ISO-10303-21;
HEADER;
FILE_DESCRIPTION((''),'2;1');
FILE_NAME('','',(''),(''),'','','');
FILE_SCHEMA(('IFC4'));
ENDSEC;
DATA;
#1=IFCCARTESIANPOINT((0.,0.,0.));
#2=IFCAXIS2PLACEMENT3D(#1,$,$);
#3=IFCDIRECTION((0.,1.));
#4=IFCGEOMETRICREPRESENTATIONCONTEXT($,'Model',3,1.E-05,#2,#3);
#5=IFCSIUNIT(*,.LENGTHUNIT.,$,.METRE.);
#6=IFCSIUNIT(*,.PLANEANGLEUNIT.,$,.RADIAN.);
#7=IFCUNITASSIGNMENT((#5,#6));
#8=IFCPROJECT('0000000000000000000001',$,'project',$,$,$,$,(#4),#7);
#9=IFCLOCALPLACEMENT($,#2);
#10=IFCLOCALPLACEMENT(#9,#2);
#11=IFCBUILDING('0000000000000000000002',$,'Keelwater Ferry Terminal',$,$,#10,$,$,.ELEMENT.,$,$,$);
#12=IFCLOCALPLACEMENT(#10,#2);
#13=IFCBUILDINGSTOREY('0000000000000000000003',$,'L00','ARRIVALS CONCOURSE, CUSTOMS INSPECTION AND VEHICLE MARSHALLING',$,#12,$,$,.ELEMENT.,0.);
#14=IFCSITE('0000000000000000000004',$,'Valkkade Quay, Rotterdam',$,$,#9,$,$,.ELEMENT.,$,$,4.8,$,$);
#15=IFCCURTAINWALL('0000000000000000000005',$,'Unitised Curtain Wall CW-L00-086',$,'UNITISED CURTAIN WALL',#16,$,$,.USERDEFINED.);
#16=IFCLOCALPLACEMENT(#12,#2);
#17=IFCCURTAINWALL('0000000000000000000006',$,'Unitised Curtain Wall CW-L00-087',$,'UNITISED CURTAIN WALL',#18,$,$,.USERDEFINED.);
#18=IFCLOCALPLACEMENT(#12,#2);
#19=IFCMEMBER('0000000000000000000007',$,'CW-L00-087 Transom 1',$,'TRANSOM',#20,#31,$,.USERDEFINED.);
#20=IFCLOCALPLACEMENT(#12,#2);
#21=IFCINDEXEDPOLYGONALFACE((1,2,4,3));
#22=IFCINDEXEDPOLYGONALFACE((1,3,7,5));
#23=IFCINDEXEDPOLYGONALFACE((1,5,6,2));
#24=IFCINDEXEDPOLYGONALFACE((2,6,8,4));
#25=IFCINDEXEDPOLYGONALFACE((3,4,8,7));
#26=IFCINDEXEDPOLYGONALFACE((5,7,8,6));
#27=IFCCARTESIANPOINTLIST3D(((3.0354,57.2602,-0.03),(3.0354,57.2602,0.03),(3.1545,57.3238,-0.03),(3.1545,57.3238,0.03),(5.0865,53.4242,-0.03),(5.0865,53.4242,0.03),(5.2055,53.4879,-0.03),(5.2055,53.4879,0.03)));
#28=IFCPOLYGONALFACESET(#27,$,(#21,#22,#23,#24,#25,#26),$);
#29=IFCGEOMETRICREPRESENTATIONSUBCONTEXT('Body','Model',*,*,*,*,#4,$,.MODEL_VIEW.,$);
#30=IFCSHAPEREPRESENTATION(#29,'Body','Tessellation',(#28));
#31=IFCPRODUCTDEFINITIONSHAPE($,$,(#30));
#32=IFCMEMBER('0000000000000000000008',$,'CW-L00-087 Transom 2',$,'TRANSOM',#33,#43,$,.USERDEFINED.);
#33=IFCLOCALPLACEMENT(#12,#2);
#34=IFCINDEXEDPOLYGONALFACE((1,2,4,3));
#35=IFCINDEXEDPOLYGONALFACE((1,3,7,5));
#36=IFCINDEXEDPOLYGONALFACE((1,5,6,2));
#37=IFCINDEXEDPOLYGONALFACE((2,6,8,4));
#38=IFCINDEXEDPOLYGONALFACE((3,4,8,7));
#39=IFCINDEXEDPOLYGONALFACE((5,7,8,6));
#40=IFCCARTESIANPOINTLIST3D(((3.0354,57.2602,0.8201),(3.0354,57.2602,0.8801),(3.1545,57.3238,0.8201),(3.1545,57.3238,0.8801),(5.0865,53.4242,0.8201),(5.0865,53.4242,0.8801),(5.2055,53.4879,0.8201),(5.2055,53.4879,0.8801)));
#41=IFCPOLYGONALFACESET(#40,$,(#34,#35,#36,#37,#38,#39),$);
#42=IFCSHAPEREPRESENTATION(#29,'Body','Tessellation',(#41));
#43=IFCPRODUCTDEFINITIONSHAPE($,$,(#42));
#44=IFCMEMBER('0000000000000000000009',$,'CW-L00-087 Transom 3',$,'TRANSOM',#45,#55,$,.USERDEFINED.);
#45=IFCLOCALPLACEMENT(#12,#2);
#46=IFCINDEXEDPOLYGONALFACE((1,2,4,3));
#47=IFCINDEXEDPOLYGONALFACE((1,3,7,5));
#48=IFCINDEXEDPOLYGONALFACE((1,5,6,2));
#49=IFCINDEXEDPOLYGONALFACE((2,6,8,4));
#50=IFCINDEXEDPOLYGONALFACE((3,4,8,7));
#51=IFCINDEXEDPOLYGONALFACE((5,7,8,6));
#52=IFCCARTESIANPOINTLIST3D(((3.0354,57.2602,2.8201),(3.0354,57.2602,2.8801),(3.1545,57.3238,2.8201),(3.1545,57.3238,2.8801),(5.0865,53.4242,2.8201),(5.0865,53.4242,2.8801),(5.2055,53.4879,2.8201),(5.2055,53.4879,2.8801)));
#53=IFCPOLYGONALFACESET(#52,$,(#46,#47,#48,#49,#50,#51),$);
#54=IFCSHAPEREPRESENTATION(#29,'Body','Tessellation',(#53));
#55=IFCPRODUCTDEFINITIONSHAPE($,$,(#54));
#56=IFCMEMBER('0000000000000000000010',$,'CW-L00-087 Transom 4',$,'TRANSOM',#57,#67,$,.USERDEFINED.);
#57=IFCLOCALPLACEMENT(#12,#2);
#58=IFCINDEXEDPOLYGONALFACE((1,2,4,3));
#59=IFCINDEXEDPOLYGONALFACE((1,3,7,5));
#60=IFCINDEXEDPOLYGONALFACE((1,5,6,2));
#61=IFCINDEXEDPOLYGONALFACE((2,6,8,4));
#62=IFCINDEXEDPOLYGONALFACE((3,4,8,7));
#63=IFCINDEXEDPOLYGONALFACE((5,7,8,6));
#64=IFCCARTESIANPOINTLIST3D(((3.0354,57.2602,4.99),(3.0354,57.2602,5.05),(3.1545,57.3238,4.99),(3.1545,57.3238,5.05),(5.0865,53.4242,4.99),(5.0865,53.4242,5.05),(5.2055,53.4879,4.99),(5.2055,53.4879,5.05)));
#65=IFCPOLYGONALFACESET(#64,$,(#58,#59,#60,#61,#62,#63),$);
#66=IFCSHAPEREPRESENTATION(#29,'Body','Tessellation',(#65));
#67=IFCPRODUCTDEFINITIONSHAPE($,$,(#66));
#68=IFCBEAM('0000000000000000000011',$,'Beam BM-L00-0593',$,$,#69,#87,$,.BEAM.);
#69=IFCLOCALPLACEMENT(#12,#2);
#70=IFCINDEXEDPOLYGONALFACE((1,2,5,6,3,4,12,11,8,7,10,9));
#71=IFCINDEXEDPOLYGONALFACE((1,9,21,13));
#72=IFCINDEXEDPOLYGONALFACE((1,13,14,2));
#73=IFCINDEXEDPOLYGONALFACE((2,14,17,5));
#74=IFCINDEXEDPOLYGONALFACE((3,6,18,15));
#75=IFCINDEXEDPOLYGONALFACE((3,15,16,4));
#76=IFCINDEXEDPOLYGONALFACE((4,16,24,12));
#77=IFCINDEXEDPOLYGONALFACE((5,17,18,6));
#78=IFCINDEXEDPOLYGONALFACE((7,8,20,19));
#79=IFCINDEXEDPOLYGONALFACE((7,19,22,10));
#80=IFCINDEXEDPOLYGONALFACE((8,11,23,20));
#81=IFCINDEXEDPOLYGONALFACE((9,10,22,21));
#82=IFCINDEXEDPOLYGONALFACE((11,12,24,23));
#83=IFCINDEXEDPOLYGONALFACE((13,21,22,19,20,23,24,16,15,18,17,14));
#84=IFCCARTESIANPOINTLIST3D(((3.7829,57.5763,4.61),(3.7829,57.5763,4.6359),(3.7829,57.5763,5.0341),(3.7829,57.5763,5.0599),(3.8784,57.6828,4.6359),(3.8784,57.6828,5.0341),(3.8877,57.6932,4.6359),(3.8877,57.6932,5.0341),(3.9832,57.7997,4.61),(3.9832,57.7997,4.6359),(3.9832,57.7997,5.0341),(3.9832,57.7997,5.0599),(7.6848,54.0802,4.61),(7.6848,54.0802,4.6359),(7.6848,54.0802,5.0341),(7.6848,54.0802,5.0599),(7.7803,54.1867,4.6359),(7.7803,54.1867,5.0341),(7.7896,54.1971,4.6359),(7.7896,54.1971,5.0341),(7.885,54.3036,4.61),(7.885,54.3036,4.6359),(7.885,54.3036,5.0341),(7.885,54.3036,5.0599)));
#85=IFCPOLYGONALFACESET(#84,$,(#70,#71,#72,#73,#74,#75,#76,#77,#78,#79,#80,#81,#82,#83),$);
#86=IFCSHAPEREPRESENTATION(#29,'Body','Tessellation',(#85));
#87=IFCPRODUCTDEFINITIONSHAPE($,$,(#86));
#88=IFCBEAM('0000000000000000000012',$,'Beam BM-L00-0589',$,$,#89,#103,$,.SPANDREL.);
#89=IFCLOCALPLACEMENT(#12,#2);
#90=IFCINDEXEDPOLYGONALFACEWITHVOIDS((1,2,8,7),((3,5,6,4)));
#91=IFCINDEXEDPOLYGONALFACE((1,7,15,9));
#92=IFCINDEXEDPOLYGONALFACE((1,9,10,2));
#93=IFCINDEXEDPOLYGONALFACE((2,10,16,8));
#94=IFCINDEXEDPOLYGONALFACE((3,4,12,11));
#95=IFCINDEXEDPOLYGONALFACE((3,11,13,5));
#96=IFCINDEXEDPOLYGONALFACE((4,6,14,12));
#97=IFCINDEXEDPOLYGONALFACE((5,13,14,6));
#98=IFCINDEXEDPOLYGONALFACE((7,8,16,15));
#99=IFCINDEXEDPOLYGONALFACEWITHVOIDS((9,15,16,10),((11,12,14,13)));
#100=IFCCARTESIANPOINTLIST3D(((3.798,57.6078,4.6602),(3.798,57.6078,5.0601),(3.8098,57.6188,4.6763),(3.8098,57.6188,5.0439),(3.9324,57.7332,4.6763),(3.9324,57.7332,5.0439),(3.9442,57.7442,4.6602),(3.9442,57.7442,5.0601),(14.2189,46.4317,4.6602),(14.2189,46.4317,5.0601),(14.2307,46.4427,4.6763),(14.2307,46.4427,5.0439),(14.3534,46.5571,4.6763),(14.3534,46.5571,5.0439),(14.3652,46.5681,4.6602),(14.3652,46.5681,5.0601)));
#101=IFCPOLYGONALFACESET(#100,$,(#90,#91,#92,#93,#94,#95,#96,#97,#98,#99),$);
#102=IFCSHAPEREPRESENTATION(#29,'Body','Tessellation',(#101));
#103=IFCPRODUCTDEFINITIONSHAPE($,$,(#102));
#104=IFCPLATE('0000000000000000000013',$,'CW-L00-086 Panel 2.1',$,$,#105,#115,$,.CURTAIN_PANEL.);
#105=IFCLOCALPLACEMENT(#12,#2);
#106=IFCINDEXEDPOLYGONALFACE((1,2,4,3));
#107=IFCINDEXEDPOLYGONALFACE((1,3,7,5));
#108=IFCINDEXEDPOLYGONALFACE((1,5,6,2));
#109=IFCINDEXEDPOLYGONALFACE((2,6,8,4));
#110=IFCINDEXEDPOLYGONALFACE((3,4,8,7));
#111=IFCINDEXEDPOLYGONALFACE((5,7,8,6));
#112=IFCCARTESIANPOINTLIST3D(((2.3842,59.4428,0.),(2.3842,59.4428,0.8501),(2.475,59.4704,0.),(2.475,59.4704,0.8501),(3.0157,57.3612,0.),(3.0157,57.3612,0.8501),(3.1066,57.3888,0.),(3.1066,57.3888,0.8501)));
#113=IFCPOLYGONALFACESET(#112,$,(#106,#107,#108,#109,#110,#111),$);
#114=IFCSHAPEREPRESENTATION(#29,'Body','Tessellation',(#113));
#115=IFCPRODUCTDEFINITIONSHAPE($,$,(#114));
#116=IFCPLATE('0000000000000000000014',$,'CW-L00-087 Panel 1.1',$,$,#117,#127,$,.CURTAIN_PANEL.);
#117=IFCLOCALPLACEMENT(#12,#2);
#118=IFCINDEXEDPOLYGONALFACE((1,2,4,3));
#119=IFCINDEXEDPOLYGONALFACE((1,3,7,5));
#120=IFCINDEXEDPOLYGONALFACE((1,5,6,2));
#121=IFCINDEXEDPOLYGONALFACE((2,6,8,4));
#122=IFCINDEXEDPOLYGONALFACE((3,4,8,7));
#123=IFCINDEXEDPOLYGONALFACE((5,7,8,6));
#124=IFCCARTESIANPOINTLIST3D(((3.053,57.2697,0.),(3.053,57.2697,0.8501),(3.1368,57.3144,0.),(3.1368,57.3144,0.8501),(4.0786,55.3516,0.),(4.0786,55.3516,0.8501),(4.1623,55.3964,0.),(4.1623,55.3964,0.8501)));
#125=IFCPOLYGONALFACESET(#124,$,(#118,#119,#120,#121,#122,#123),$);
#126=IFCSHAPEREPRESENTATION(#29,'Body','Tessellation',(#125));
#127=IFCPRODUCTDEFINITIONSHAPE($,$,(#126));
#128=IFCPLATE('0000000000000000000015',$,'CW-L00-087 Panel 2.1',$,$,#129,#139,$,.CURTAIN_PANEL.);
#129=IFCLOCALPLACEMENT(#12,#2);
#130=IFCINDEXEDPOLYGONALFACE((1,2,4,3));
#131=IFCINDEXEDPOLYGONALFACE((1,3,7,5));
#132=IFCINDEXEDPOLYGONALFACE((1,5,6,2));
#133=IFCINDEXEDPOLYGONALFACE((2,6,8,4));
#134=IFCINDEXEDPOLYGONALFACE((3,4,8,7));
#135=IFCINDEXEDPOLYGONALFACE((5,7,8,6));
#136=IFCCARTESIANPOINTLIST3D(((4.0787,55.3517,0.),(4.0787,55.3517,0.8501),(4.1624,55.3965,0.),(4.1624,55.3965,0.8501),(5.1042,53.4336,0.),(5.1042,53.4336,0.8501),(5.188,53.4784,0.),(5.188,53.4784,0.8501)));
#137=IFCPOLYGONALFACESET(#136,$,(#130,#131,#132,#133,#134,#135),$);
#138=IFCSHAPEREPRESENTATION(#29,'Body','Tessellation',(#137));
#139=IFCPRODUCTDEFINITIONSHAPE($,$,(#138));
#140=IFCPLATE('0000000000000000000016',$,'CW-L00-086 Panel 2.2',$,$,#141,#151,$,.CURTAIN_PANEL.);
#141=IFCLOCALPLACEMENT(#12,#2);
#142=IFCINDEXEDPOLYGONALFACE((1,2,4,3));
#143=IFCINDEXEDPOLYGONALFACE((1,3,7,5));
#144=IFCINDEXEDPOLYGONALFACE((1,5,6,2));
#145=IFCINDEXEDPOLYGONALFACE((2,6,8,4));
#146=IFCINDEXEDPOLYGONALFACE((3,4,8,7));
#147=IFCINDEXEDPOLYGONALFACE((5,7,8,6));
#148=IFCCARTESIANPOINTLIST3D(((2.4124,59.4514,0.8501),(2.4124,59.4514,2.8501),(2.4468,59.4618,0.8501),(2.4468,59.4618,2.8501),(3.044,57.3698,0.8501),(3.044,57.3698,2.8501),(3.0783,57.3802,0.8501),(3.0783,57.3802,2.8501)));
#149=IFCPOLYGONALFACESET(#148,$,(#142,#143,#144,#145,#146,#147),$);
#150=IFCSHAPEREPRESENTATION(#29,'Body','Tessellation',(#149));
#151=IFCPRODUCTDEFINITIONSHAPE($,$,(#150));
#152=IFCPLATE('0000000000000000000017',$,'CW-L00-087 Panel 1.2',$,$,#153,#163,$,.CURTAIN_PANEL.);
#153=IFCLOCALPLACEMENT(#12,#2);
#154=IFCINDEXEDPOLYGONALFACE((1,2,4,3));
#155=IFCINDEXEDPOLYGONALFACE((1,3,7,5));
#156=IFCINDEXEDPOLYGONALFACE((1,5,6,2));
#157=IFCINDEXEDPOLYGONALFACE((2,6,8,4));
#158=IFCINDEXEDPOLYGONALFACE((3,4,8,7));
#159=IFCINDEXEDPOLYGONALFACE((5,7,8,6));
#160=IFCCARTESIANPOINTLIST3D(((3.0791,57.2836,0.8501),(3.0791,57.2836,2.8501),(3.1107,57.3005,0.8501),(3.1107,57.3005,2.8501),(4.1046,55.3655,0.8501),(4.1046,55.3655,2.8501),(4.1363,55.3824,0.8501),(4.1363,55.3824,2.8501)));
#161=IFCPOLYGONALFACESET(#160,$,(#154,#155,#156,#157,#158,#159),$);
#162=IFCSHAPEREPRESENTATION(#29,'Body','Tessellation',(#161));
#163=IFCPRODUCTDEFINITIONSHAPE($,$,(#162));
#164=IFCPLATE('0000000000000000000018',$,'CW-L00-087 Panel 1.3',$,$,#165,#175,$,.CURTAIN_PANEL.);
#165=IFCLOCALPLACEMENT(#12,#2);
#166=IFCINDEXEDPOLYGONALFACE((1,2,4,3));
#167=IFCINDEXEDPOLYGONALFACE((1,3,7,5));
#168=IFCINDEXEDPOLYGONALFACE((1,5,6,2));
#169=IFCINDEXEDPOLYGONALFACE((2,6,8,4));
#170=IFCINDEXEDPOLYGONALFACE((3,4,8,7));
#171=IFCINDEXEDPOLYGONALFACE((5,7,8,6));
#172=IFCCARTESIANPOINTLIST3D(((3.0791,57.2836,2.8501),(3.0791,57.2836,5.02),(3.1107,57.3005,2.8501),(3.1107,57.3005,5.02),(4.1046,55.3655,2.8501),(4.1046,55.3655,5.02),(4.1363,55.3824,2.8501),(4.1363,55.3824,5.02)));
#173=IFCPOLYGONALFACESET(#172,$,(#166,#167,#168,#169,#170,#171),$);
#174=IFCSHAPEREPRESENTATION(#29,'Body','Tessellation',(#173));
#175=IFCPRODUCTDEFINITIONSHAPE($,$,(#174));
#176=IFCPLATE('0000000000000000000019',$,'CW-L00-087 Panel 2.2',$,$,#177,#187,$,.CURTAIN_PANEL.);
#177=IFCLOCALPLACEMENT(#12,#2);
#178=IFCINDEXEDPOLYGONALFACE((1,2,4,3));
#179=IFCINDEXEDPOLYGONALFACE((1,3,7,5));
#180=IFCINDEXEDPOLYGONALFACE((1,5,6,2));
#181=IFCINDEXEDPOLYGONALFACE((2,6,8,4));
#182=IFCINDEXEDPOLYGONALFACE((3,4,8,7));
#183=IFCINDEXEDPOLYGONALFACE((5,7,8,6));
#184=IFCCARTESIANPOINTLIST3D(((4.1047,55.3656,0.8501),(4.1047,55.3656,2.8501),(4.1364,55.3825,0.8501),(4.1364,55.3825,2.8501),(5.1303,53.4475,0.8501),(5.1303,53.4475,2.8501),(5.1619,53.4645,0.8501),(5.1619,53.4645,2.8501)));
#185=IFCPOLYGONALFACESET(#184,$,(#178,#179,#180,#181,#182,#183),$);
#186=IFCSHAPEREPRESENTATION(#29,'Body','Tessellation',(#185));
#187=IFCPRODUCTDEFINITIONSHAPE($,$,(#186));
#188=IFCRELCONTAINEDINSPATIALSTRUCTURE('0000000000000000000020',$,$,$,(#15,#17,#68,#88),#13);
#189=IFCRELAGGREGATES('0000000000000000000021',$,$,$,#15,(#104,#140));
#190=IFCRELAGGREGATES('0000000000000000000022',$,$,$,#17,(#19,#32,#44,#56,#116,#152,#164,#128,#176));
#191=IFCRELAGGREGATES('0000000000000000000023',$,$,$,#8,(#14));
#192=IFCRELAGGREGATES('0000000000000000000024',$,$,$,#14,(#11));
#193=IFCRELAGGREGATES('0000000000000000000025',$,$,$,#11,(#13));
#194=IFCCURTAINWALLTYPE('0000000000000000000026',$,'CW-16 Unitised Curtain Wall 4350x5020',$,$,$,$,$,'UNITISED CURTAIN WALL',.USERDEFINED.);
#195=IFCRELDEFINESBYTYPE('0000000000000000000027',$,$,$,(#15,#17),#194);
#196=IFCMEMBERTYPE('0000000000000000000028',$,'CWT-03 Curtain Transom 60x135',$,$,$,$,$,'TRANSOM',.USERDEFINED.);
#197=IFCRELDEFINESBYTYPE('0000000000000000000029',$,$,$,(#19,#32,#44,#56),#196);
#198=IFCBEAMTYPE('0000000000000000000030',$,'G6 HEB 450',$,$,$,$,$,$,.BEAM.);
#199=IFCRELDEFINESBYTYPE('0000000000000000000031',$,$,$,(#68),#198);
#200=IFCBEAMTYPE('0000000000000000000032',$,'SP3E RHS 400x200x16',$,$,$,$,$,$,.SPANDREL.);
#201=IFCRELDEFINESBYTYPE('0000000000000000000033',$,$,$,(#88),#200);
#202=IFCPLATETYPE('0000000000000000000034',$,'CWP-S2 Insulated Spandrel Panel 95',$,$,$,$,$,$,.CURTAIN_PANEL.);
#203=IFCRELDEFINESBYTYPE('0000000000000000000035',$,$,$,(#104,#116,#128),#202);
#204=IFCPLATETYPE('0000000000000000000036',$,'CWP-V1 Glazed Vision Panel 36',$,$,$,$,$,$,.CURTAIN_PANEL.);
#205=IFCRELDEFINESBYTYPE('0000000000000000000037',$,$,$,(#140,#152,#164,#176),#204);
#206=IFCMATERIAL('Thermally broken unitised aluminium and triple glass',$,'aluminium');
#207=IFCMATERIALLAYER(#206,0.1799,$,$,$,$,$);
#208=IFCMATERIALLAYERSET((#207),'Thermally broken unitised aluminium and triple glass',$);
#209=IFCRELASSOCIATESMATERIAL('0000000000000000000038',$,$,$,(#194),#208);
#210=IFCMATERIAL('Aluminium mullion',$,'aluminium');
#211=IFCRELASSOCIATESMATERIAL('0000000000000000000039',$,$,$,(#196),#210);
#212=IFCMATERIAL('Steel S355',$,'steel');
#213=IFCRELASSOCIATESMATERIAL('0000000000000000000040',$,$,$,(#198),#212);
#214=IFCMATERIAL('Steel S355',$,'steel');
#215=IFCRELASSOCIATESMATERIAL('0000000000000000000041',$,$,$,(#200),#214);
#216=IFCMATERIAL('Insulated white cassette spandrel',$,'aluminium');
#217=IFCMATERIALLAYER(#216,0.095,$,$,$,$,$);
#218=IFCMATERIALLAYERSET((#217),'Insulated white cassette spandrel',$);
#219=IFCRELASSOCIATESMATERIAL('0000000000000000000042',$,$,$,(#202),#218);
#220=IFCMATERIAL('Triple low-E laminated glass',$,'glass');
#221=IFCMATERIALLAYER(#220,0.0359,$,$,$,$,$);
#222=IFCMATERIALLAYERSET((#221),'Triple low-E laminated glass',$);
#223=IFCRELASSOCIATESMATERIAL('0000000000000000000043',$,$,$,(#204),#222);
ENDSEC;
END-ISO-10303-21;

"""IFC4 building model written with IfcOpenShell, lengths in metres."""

from ifc_helpers import new_model, si_unit, direction, frame, origin, origin_2d, place, context, subcontext, project, spatial, rectangle, hollow_rectangle, i_section, extrude, material, layer, layer_set, material_profile, profile_set, type_object, element, aggregate, save


model = new_model("IFC4")

# Units and contexts
model_context = context("Model", 3, precision=1e-05, world=origin(), true_north=direction((0.0, 1.0)))
body_context = subcontext(model_context, "Body", "Model", "MODEL_VIEW")
ifc_project = project(units=[si_unit("LENGTHUNIT", "METRE"), si_unit("PLANEANGLEUNIT", "RADIAN")], contexts=[model_context])

# Site, building, storey
site_placement = place(None, origin())
site = spatial("IfcSite", under=ifc_project, at=site_placement, Name="Valkkade Quay, Rotterdam", CompositionType="ELEMENT", RefElevation=4.8)
building_placement = place(site_placement, origin())
building = spatial("IfcBuilding", under=site, at=building_placement, Name="Keelwater Ferry Terminal", CompositionType="ELEMENT")
storey_placement = place(building_placement, origin())
storey = spatial("IfcBuildingStorey", under=building, at=storey_placement, Name="L00", Description="ARRIVALS CONCOURSE, CUSTOMS INSPECTION AND VEHICLE MARSHALLING", CompositionType="ELEMENT", Elevation=0.0)

# Curtain wall
ifc_material_1 = material(Name="Thermally broken unitised aluminium and triple glass", Category="aluminium")
ifc_layer_1 = layer(ifc_material_1, 0.1799)
ifc_layer_set_1 = layer_set([ifc_layer_1], Name="Thermally broken unitised aluminium and triple glass")
curtain_wall_type = type_object("IfcCurtainWallType", Name="CW-16 Unitised Curtain Wall 4350x5020", ElementType="UNITISED CURTAIN WALL", PredefinedType="USERDEFINED", material=ifc_layer_set_1)
curtain_wall_1_placement = place(storey_placement, origin())
curtain_wall_1 = element("IfcCurtainWall", 1, at=curtain_wall_1_placement, inside=storey, type_object=curtain_wall_type, Name="Unitised Curtain Wall CW-L00-086", ObjectType="UNITISED CURTAIN WALL", PredefinedType="USERDEFINED")

# Curtain wall, members
curtain_wall_2_placement = place(storey_placement, origin())
curtain_wall_2 = element("IfcCurtainWall", 2, at=curtain_wall_2_placement, inside=storey, type_object=curtain_wall_type, Name="Unitised Curtain Wall CW-L00-087", ObjectType="UNITISED CURTAIN WALL", PredefinedType="USERDEFINED")
ifc_material_2 = material(Name="Aluminium mullion", Category="aluminium")
ifc_material_profile_1 = material_profile(ifc_material_2, rectangle(XDim=0.135, YDim=0.0601, at=origin_2d()), Name="CWT-03")
ifc_profile_set_1 = profile_set([ifc_material_profile_1], Name="Aluminium mullion")
member_type_1 = type_object("IfcMemberType", Name="CWT-03 Curtain Transom 60x135", ElementType="TRANSOM", PredefinedType="USERDEFINED", material=ifc_profile_set_1)
member_1_placement = place(storey_placement, frame((3.095, 57.292, 0.0), z_axis=(0.471517, -0.881857, 0.0), x_axis=(0.881857, 0.471517, 0.0)))
member_1 = element("IfcMember", 3, at=member_1_placement, type_object=member_type_1, Name="CW-L00-087 Transom 1", ObjectType="TRANSOM", PredefinedType="USERDEFINED", context=body_context, shape_type="SweptSolid", body=[
    extrude(rectangle(XDim=0.135, YDim=0.0601, at=origin_2d()), origin(), (0.0, 0.0, 1.0), 4.3499),
])
member_2_placement = place(storey_placement, frame((3.095, 57.292, 0.8501), z_axis=(0.471517, -0.881857, 0.0), x_axis=(0.881857, 0.471517, 0.0)))
member_2 = element("IfcMember", 4, at=member_2_placement, type_object=member_type_1, Name="CW-L00-087 Transom 2", ObjectType="TRANSOM", PredefinedType="USERDEFINED", context=body_context, shape_type="SweptSolid", body=[
    extrude(rectangle(XDim=0.135, YDim=0.0601, at=origin_2d()), origin(), (0.0, 0.0, 1.0), 4.3499),
])
member_3_placement = place(storey_placement, frame((3.095, 57.292, 2.8501), z_axis=(0.471517, -0.881857, 0.0), x_axis=(0.881857, 0.471517, 0.0)))
member_3 = element("IfcMember", 5, at=member_3_placement, type_object=member_type_1, Name="CW-L00-087 Transom 3", ObjectType="TRANSOM", PredefinedType="USERDEFINED", context=body_context, shape_type="SweptSolid", body=[
    extrude(rectangle(XDim=0.135, YDim=0.0601, at=origin_2d()), origin(), (0.0, 0.0, 1.0), 4.3499),
])
member_4_placement = place(storey_placement, frame((3.095, 57.292, 5.02), z_axis=(0.471517, -0.881857, 0.0), x_axis=(0.881857, 0.471517, 0.0)))
member_4 = element("IfcMember", 6, at=member_4_placement, type_object=member_type_1, Name="CW-L00-087 Transom 4", ObjectType="TRANSOM", PredefinedType="USERDEFINED", context=body_context, shape_type="SweptSolid", body=[
    extrude(rectangle(XDim=0.135, YDim=0.0601, at=origin_2d()), origin(), (0.0, 0.0, 1.0), 4.3499),
])

# Beams
ifc_material_3 = material(Name="Steel S355", Category="steel")
ifc_material_profile_2 = material_profile(ifc_material_3, i_section(OverallWidth=0.3, OverallDepth=0.45, WebThickness=0.0139, FlangeThickness=0.0259, at=origin_2d()), Name="HEB 450")
ifc_profile_set_2 = profile_set([ifc_material_profile_2], Name="Steel S355")
beam_type_1 = type_object("IfcBeamType", Name="G6 HEB 450", PredefinedType="BEAM", material=ifc_profile_set_2)
beam_1_placement = place(storey_placement, frame((3.8831, 57.688, 4.835), z_axis=(0.744771, -0.66732, 0.0), x_axis=(0.66732, 0.744771, 0.0)))
element("IfcBeam", 7, at=beam_1_placement, inside=storey, type_object=beam_type_1, Name="Beam BM-L00-0593", PredefinedType="BEAM", context=body_context, shape_type="SweptSolid", body=[
    extrude(i_section(OverallWidth=0.3, OverallDepth=0.45, WebThickness=0.0139, FlangeThickness=0.0259, at=origin_2d()), origin(), (0.0, 0.0, 1.0), 5.239),
])
ifc_material_4 = material(Name="Steel S355", Category="steel")
ifc_material_profile_3 = material_profile(ifc_material_4, hollow_rectangle(XDim=0.2, YDim=0.3999, WallThickness=0.0161, at=origin_2d()), Name="RHS 400x200x16")
ifc_profile_set_3 = profile_set([ifc_material_profile_3], Name="Steel S355")
beam_type_2 = type_object("IfcBeamType", Name="SP3E RHS 400x200x16", PredefinedType="SPANDREL", material=ifc_profile_set_3)
beam_2_placement = place(storey_placement, frame((3.8711, 57.676, 4.8601), z_axis=(0.681966, -0.731384, 0.0), x_axis=(0.731384, 0.681966, 0.0)))
element("IfcBeam", 8, at=beam_2_placement, inside=storey, type_object=beam_type_2, Name="Beam BM-L00-0589", PredefinedType="SPANDREL", context=body_context, shape_type="SweptSolid", body=[
    extrude(hollow_rectangle(XDim=0.2, YDim=0.3999, WallThickness=0.0161, at=origin_2d()), origin(), (0.0, 0.0, 1.0), 15.2808),
])

# Plates
ifc_material_5 = material(Name="Insulated white cassette spandrel", Category="aluminium")
ifc_layer_2 = layer(ifc_material_5, 0.095)
ifc_layer_set_2 = layer_set([ifc_layer_2], Name="Insulated white cassette spandrel")
plate_type_1 = type_object("IfcPlateType", Name="CWP-S2 Insulated Spandrel Panel 95", PredefinedType="CURTAIN_PANEL", material=ifc_layer_set_2)
plate_1_placement = place(storey_placement, frame((2.7454, 58.4158, 0.0), z_axis=(0.0, 0.0, 1.0), x_axis=(0.29032, -0.95693, 0.0)))
plate_1 = element("IfcPlate", 9, at=plate_1_placement, type_object=plate_type_1, Name="CW-L00-086 Panel 2.1", PredefinedType="CURTAIN_PANEL", context=body_context, shape_type="SweptSolid", body=[
    extrude(rectangle(XDim=2.1753, YDim=0.095, at=origin_2d()), origin(), (0.0, 0.0, 1.0), 0.8501),
])
plate_2_placement = place(storey_placement, frame((3.6077, 56.333, 0.0), z_axis=(0.0, 0.0, 1.0), x_axis=(0.471507, -0.881862, 0.0)))
plate_2 = element("IfcPlate", 10, at=plate_2_placement, type_object=plate_type_1, Name="CW-L00-087 Panel 1.1", PredefinedType="CURTAIN_PANEL", context=body_context, shape_type="SweptSolid", body=[
    extrude(rectangle(XDim=2.175, YDim=0.095, at=origin_2d()), origin(), (0.0, 0.0, 1.0), 0.8501),
])
plate_3_placement = place(storey_placement, frame((4.6333, 54.415, 0.0), z_axis=(0.0, 0.0, 1.0), x_axis=(0.471507, -0.881862, 0.0)))
plate_3 = element("IfcPlate", 11, at=plate_3_placement, type_object=plate_type_1, Name="CW-L00-087 Panel 2.1", PredefinedType="CURTAIN_PANEL", context=body_context, shape_type="SweptSolid", body=[
    extrude(rectangle(XDim=2.175, YDim=0.095, at=origin_2d()), origin(), (0.0, 0.0, 1.0), 0.8501),
])
ifc_material_6 = material(Name="Triple low-E laminated glass", Category="glass")
ifc_layer_3 = layer(ifc_material_6, 0.0359)
ifc_layer_set_3 = layer_set([ifc_layer_3], Name="Triple low-E laminated glass")
plate_type_2 = type_object("IfcPlateType", Name="CWP-V1 Glazed Vision Panel 36", PredefinedType="CURTAIN_PANEL", material=ifc_layer_set_3)
plate_4_placement = place(storey_placement, frame((2.7454, 58.4158, 0.8501), z_axis=(0.0, 0.0, 1.0), x_axis=(0.29032, -0.95693, 0.0)))
plate_4 = element("IfcPlate", 12, at=plate_4_placement, type_object=plate_type_2, Name="CW-L00-086 Panel 2.2", PredefinedType="CURTAIN_PANEL", context=body_context, shape_type="SweptSolid", body=[
    extrude(rectangle(XDim=2.1753, YDim=0.0359, at=origin_2d()), origin(), (0.0, 0.0, 1.0), 2.0),
])
aggregate(curtain_wall_1, [plate_1, plate_4])
plate_5_placement = place(storey_placement, frame((3.6077, 56.333, 0.8501), z_axis=(0.0, 0.0, 1.0), x_axis=(0.471507, -0.881862, 0.0)))
plate_5 = element("IfcPlate", 13, at=plate_5_placement, type_object=plate_type_2, Name="CW-L00-087 Panel 1.2", PredefinedType="CURTAIN_PANEL", context=body_context, shape_type="SweptSolid", body=[
    extrude(rectangle(XDim=2.175, YDim=0.0359, at=origin_2d()), origin(), (0.0, 0.0, 1.0), 2.0),
])
plate_6_placement = place(storey_placement, frame((3.6077, 56.333, 2.8501), z_axis=(0.0, 0.0, 1.0), x_axis=(0.471507, -0.881862, 0.0)))
plate_6 = element("IfcPlate", 14, at=plate_6_placement, type_object=plate_type_2, Name="CW-L00-087 Panel 1.3", PredefinedType="CURTAIN_PANEL", context=body_context, shape_type="SweptSolid", body=[
    extrude(rectangle(XDim=2.175, YDim=0.0359, at=origin_2d()), origin(), (0.0, 0.0, 1.0), 2.1699),
])
plate_7_placement = place(storey_placement, frame((4.6333, 54.415, 0.8501), z_axis=(0.0, 0.0, 1.0), x_axis=(0.471507, -0.881862, 0.0)))
plate_7 = element("IfcPlate", 15, at=plate_7_placement, type_object=plate_type_2, Name="CW-L00-087 Panel 2.2", PredefinedType="CURTAIN_PANEL", context=body_context, shape_type="SweptSolid", body=[
    extrude(rectangle(XDim=2.175, YDim=0.0359, at=origin_2d()), origin(), (0.0, 0.0, 1.0), 2.0),
])
aggregate(curtain_wall_2, [member_1, member_2, member_3, member_4, plate_2, plate_5, plate_6, plate_3, plate_7])

save(model, "model.ifc")
